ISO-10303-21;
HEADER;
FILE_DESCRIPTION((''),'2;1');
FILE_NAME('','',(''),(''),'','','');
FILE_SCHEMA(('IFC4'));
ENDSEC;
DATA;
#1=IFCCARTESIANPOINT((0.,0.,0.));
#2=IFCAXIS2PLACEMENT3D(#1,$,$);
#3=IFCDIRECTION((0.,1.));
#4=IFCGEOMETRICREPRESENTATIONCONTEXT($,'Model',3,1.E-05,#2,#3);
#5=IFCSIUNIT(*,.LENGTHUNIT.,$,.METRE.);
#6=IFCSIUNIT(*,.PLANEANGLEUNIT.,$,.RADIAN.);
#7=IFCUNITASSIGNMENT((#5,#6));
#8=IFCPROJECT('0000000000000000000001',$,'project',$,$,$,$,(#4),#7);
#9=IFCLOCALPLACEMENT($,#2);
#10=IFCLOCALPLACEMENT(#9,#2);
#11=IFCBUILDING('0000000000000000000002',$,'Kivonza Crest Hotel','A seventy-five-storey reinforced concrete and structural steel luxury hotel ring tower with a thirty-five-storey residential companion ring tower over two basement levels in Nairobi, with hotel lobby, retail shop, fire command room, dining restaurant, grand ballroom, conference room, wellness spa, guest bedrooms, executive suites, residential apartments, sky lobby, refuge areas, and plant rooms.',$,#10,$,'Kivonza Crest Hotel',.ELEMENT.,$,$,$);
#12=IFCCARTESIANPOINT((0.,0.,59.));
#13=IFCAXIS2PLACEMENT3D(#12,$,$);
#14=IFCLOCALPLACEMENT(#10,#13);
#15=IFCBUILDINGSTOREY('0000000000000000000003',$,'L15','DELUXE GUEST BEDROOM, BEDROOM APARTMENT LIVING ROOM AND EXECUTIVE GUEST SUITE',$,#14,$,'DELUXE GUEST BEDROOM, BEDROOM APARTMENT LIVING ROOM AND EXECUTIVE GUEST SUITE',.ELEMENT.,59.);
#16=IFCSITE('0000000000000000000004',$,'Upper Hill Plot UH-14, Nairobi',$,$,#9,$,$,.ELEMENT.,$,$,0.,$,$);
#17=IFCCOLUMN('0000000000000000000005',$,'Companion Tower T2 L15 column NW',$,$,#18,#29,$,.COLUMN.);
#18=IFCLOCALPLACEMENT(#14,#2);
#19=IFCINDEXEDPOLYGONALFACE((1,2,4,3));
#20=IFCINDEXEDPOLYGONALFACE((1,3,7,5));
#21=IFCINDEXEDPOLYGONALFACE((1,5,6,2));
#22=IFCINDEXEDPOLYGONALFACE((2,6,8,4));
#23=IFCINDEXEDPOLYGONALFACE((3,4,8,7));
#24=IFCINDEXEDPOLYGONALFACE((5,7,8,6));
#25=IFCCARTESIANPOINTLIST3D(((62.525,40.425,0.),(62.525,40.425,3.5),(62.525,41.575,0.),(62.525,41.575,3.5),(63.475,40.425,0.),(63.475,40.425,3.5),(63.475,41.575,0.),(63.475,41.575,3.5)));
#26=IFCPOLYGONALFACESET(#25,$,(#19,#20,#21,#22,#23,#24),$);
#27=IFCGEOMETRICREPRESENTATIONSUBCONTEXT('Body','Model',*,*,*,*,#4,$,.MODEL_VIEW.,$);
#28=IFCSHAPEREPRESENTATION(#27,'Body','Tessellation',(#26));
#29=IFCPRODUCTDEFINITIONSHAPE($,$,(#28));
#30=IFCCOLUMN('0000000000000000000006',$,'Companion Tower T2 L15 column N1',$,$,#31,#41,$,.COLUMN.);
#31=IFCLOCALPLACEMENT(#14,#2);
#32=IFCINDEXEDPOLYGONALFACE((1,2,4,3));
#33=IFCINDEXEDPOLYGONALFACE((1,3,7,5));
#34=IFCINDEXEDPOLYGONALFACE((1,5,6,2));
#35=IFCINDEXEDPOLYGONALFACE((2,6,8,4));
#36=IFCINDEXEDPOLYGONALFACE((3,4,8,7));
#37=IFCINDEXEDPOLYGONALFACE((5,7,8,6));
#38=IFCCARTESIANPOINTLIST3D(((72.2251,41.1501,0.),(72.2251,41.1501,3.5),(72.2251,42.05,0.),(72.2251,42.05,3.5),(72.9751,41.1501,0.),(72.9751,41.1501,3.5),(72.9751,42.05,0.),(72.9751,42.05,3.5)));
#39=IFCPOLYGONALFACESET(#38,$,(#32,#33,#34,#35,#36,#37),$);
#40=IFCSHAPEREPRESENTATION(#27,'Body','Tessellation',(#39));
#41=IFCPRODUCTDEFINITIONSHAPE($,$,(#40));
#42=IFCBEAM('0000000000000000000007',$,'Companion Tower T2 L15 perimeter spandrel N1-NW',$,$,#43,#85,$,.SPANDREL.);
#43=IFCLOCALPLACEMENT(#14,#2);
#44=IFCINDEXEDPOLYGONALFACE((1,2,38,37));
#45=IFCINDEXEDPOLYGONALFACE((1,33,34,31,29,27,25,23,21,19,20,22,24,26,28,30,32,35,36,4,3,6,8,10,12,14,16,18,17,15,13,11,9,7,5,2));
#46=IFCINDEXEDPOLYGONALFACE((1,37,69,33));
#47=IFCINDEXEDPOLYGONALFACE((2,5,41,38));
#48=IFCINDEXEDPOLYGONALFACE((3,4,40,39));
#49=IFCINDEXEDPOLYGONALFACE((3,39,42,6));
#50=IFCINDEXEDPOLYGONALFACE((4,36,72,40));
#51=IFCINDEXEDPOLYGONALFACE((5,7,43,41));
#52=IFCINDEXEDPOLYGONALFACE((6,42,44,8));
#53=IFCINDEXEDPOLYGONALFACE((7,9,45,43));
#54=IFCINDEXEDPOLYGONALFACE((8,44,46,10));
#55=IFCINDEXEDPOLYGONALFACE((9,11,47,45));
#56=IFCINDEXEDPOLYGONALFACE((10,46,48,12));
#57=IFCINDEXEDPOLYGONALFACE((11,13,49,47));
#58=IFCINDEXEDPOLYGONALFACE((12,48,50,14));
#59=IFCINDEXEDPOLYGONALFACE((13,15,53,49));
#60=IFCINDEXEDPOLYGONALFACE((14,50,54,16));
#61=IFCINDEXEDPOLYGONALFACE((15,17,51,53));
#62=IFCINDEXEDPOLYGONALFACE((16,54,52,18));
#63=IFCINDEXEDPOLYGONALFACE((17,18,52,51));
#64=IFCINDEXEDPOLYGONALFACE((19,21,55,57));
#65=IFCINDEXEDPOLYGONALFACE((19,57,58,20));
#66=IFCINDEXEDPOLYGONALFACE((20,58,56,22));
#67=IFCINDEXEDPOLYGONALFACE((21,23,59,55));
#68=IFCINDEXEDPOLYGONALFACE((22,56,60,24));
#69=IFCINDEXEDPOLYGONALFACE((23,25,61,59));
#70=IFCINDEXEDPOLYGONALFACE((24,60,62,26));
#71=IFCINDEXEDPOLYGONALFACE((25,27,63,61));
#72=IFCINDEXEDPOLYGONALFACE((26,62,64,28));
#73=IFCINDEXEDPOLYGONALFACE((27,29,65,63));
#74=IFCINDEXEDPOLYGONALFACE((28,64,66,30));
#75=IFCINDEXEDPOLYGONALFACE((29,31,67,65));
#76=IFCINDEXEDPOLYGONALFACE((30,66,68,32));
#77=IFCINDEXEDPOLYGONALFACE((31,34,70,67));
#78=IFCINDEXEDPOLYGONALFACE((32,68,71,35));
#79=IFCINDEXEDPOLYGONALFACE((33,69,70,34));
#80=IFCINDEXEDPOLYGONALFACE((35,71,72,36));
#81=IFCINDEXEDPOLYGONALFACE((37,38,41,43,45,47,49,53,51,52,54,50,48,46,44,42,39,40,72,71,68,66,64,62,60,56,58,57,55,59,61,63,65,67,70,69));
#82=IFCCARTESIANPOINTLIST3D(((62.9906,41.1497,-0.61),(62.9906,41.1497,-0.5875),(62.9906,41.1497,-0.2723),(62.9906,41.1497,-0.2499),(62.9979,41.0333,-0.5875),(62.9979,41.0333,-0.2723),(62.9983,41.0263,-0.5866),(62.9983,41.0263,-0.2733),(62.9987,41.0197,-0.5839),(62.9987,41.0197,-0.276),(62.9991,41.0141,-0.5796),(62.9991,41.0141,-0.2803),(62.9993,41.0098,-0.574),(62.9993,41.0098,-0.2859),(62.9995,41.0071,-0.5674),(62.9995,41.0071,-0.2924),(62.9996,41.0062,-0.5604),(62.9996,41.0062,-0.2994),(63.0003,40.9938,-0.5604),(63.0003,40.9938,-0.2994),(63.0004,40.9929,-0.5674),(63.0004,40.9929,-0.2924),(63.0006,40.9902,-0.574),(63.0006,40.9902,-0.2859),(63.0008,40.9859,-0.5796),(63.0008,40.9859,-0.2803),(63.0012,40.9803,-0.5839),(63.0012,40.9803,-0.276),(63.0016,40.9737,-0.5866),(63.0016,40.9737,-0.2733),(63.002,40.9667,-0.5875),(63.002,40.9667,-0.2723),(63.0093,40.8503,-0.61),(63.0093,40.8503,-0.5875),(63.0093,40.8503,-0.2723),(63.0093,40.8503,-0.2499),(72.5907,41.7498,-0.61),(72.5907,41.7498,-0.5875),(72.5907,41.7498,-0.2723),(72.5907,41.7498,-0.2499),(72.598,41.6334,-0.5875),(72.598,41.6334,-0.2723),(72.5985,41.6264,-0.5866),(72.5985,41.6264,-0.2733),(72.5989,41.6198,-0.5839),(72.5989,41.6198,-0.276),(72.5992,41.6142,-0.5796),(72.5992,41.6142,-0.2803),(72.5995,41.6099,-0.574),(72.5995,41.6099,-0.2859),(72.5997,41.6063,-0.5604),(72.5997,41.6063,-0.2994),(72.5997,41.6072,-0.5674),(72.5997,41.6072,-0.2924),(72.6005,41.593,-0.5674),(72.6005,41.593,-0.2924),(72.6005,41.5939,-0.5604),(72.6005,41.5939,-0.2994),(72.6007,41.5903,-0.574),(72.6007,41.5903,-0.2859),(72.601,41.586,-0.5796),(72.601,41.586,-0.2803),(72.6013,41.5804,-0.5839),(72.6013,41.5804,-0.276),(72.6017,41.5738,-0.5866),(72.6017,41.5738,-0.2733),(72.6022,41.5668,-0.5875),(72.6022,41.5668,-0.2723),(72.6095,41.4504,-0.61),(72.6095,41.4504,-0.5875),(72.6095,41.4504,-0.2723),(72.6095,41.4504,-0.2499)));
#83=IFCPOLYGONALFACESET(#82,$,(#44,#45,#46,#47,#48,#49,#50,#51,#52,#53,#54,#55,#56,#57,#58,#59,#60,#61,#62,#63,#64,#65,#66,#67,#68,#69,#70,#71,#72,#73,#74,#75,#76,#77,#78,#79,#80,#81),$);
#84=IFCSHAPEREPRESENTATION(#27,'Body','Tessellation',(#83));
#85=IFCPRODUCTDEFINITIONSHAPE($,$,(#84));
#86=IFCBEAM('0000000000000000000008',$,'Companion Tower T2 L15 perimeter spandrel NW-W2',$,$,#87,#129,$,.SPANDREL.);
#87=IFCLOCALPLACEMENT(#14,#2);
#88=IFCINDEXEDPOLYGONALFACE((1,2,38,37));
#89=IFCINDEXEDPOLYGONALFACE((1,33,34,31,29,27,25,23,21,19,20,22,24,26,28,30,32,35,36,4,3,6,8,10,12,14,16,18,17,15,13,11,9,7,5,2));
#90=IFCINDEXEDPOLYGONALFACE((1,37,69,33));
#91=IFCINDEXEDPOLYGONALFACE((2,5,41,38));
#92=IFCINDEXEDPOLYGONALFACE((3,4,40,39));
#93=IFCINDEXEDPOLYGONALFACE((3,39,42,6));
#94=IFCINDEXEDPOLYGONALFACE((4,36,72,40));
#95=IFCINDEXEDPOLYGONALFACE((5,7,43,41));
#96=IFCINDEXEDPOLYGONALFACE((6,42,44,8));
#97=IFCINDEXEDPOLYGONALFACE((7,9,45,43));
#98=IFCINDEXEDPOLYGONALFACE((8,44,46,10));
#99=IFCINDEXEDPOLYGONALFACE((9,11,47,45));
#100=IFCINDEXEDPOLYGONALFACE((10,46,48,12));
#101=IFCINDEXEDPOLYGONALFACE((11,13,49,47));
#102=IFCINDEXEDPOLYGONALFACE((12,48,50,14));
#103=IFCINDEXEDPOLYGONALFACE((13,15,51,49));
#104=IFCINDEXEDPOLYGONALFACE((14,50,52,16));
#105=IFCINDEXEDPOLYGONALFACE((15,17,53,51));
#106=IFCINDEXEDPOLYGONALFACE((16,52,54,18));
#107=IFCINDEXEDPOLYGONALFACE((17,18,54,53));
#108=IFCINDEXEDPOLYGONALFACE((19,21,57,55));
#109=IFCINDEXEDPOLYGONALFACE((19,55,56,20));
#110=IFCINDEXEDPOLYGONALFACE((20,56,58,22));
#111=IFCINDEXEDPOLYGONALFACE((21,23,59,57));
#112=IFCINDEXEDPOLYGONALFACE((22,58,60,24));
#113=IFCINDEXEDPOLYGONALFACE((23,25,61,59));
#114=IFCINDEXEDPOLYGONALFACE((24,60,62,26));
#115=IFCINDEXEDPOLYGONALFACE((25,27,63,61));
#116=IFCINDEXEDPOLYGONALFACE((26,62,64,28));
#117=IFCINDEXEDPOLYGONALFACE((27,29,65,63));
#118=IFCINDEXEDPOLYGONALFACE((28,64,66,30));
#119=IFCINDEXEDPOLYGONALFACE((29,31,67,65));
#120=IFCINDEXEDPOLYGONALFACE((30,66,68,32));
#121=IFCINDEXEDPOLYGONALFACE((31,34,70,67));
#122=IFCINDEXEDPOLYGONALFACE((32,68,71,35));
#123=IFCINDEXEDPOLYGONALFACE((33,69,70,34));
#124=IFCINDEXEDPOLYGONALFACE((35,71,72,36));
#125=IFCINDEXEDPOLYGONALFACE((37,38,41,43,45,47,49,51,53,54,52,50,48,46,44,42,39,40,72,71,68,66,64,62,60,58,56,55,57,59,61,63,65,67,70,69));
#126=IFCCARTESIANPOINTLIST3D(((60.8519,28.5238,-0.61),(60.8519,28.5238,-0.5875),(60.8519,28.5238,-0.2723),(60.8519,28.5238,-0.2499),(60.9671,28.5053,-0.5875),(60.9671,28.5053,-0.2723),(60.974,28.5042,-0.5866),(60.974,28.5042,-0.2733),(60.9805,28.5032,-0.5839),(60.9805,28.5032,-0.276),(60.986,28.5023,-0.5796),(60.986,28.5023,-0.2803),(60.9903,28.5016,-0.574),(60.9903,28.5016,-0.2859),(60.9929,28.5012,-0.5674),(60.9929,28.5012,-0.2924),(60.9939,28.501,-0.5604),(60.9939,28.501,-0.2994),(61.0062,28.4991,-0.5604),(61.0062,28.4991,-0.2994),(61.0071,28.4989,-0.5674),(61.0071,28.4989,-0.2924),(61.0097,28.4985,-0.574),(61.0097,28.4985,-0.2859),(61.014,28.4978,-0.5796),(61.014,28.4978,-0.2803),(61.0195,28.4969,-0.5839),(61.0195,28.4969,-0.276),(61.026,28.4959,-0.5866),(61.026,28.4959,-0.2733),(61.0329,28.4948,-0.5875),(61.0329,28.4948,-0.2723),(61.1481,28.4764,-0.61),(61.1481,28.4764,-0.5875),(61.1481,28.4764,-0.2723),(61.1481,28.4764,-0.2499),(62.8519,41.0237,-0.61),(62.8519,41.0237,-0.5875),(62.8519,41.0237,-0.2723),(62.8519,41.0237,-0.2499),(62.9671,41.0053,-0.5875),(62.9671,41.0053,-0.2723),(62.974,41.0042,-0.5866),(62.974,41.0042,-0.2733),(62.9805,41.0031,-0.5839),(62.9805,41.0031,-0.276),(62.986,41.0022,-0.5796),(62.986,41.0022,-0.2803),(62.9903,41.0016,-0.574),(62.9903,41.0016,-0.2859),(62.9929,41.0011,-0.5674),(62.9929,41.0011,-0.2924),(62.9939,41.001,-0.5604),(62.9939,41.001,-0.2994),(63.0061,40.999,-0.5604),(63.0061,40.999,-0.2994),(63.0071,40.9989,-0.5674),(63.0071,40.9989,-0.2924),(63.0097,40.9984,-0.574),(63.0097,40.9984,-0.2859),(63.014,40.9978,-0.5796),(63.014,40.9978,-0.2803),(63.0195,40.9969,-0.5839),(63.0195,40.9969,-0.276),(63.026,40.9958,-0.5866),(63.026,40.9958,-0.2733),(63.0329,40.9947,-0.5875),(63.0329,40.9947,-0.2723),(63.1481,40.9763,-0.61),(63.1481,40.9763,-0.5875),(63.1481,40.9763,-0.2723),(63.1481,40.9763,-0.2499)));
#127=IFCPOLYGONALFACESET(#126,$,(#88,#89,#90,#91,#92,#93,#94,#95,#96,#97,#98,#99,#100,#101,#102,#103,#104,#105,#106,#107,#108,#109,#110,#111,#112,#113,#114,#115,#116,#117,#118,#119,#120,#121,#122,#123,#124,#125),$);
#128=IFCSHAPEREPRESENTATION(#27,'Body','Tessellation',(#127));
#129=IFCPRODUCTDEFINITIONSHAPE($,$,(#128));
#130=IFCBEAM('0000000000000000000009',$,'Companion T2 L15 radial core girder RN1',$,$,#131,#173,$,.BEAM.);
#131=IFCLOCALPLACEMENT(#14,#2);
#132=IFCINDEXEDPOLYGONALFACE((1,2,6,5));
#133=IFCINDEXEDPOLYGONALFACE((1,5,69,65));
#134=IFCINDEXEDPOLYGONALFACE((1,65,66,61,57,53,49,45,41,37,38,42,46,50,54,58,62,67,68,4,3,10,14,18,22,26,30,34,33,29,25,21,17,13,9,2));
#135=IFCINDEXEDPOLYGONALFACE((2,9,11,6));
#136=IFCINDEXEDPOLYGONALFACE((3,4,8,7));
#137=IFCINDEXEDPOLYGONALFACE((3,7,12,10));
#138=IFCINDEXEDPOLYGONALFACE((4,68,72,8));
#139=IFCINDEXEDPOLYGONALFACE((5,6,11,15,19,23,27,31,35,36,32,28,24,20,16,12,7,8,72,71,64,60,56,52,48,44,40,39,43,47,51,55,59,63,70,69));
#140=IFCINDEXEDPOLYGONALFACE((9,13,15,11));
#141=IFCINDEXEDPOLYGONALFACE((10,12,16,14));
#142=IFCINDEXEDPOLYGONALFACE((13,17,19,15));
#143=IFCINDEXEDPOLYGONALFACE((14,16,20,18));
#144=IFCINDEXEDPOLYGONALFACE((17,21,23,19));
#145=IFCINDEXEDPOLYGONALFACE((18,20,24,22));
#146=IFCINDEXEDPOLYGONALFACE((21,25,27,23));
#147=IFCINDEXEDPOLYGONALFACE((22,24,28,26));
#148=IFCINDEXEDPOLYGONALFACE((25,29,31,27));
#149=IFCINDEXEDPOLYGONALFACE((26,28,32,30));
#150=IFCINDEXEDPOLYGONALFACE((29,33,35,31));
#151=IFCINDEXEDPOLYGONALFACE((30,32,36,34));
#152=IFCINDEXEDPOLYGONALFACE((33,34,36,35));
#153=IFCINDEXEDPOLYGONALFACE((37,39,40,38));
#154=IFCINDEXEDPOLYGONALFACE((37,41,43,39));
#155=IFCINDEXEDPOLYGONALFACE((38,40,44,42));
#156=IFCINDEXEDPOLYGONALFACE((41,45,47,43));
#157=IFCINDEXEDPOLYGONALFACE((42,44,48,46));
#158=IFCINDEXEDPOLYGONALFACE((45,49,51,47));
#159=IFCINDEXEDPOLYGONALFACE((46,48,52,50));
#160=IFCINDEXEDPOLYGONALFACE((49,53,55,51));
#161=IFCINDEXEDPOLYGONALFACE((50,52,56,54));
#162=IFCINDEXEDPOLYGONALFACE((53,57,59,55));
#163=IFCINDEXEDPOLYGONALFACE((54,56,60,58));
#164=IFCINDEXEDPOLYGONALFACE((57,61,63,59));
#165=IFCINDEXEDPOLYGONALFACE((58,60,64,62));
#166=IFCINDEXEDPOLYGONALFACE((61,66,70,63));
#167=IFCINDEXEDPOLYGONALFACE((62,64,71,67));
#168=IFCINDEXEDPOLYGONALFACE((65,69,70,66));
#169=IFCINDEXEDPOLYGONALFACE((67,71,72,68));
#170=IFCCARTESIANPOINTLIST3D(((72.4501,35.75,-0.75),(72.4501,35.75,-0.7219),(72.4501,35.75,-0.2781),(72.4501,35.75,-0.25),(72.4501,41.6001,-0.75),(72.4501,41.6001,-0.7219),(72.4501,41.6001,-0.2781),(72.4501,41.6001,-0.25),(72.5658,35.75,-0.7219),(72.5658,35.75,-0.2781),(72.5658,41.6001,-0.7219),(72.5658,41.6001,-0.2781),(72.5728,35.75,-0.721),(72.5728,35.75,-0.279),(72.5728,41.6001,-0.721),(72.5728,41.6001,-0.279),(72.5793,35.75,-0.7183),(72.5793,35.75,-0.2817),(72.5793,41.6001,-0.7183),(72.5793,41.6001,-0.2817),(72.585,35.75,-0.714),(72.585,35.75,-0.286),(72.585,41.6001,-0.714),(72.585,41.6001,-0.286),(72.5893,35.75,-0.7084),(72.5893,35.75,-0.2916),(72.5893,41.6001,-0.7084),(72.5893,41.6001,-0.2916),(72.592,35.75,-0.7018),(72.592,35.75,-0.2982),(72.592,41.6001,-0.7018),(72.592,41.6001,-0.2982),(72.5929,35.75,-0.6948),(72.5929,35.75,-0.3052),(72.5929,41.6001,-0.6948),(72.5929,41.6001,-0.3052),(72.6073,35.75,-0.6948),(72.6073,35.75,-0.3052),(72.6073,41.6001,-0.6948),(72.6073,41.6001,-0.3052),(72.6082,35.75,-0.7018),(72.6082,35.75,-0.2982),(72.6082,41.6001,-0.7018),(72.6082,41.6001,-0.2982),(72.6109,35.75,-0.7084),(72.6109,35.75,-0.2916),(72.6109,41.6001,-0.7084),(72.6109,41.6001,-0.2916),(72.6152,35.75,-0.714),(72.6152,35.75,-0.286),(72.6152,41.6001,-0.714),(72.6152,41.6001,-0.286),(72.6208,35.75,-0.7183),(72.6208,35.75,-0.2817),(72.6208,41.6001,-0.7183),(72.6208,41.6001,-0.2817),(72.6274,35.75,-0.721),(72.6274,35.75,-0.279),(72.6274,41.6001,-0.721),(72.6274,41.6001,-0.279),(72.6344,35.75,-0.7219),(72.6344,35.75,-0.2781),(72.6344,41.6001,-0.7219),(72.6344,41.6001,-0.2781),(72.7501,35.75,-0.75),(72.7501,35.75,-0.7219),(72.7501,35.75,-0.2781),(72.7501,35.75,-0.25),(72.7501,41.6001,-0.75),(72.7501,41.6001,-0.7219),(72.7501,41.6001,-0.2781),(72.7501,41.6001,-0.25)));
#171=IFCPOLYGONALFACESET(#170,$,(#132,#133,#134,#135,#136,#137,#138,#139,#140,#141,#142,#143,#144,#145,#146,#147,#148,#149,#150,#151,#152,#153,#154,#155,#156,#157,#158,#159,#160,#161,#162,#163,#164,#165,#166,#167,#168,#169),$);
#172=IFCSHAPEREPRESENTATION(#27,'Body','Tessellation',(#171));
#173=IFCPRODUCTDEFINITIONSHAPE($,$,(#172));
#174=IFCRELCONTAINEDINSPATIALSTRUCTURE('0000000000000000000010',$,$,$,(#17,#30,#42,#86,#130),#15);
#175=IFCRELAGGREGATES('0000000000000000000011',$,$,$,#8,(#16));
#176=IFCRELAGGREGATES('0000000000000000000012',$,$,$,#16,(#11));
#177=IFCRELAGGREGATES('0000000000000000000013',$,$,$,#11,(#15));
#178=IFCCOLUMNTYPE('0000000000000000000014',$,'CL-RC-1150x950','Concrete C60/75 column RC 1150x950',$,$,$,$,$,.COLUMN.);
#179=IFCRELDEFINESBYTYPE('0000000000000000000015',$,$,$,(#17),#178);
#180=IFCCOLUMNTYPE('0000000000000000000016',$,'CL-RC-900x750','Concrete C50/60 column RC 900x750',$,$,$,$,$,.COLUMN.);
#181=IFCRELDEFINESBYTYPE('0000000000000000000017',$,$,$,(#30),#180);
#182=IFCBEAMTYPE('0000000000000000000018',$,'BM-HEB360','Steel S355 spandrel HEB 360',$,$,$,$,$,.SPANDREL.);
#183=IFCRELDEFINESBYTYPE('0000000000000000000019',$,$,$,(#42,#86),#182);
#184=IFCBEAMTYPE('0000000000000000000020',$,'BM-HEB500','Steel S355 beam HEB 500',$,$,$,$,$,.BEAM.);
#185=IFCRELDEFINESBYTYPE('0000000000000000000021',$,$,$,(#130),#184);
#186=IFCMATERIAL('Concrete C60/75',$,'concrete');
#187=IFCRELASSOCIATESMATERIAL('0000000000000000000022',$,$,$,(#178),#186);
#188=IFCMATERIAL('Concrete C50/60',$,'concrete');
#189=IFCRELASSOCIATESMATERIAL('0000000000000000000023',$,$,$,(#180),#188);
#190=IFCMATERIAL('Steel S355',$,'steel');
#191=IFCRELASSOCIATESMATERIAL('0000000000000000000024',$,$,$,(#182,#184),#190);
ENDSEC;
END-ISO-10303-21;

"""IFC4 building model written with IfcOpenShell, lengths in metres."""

from ifc_helpers import new_model, si_unit, direction, frame, origin, origin_2d, place, context, subcontext, project, spatial, rectangle, i_section, extrude, material, material_profile, profile_set, type_object, element, save


model = new_model("IFC4")

# Units and contexts
model_context = context("Model", 3, precision=1e-05, world=origin(), true_north=direction((0.0, 1.0)))
body_context = subcontext(model_context, "Body", "Model", "MODEL_VIEW")
ifc_project = project(units=[si_unit("LENGTHUNIT", "METRE"), si_unit("PLANEANGLEUNIT", "RADIAN")], contexts=[model_context])

# Site, building, storey
site_placement = place(None, origin())
site = spatial("IfcSite", under=ifc_project, at=site_placement, Name="Upper Hill Plot UH-14, Nairobi", CompositionType="ELEMENT", RefElevation=0.0)
building_placement = place(site_placement, origin())
building = spatial("IfcBuilding", under=site, at=building_placement, Name="Kivonza Crest Hotel", Description="A seventy-five-storey reinforced concrete and structural steel luxury hotel ring tower with a thirty-five-storey residential companion ring tower over two basement levels in Nairobi, with hotel lobby, retail shop, fire command room, dining restaurant, grand ballroom, conference room, wellness spa, guest bedrooms, executive suites, residential apartments, sky lobby, refuge areas, and plant rooms.", LongName="Kivonza Crest Hotel", CompositionType="ELEMENT")
storey_placement = place(building_placement, frame((0.0, 0.0, 59.0)))
storey = spatial("IfcBuildingStorey", under=building, at=storey_placement, Name="L15", Description="DELUXE GUEST BEDROOM, BEDROOM APARTMENT LIVING ROOM AND EXECUTIVE GUEST SUITE", LongName="DELUXE GUEST BEDROOM, BEDROOM APARTMENT LIVING ROOM AND EXECUTIVE GUEST SUITE", CompositionType="ELEMENT", Elevation=59.0)

# Columns
ifc_material_1 = material(Name="Concrete C60/75", Category="concrete")
ifc_material_profile_1 = material_profile(ifc_material_1, rectangle(XDim=0.95, YDim=1.1499, at=origin_2d()), Name="RC 1150x950")
ifc_profile_set_1 = profile_set([ifc_material_profile_1], Name="Concrete C60/75")
column_type_1 = type_object("IfcColumnType", Name="CL-RC-1150x950", Description="Concrete C60/75 column RC 1150x950", PredefinedType="COLUMN", material=ifc_profile_set_1)
column_1_placement = place(storey_placement, frame((63.0, 41.0, 0.0), z_axis=(0.0, 0.0, 1.0), x_axis=(1.0, 0.0, 0.0)))
element("IfcColumn", 1, at=column_1_placement, inside=storey, type_object=column_type_1, Name="Companion Tower T2 L15 column NW", PredefinedType="COLUMN", context=body_context, shape_type="SweptSolid", body=[
    extrude(rectangle(XDim=0.95, YDim=1.1499, at=origin_2d()), origin(), (0.0, 0.0, 1.0), 3.5),
])
ifc_material_2 = material(Name="Concrete C50/60", Category="concrete")
ifc_material_profile_2 = material_profile(ifc_material_2, rectangle(XDim=0.75, YDim=0.8999, at=origin_2d()), Name="RC 900x750")
ifc_profile_set_2 = profile_set([ifc_material_profile_2], Name="Concrete C50/60")
column_type_2 = type_object("IfcColumnType", Name="CL-RC-900x750", Description="Concrete C50/60 column RC 900x750", PredefinedType="COLUMN", material=ifc_profile_set_2)
column_2_placement = place(storey_placement, frame((72.6001, 41.6001, 0.0), z_axis=(0.0, 0.0, 1.0), x_axis=(1.0, 0.0, 0.0)))
element("IfcColumn", 2, at=column_2_placement, inside=storey, type_object=column_type_2, Name="Companion Tower T2 L15 column N1", PredefinedType="COLUMN", context=body_context, shape_type="SweptSolid", body=[
    extrude(rectangle(XDim=0.75, YDim=0.8999, at=origin_2d()), origin(), (0.0, 0.0, 1.0), 3.5),
])

# Beams
ifc_material_3 = material(Name="Steel S355", Category="steel")
ifc_material_profile_3 = material_profile(ifc_material_3, i_section(OverallWidth=0.3, OverallDepth=0.3601, WebThickness=0.0125, FlangeThickness=0.0225, FilletRadius=0.0271, at=origin_2d()), Name="HEB 360")
ifc_profile_set_3 = profile_set([ifc_material_profile_3], Name="Steel S355")
beam_type_1 = type_object("IfcBeamType", Name="BM-HEB360", Description="Steel S355 spandrel HEB 360", PredefinedType="SPANDREL", material=ifc_profile_set_3)
beam_1_placement = place(storey_placement, frame((72.6001, 41.6001, -0.4299), z_axis=(-0.998052, -0.062388, 0.0), x_axis=(0.062388, -0.998052, 0.0)))
element("IfcBeam", 3, at=beam_1_placement, inside=storey, type_object=beam_type_1, Name="Companion Tower T2 L15 perimeter spandrel N1-NW", PredefinedType="SPANDREL", context=body_context, shape_type="SweptSolid", body=[
    extrude(i_section(OverallWidth=0.3, OverallDepth=0.3601, WebThickness=0.0125, FlangeThickness=0.0225, FilletRadius=0.0271, at=origin_2d()), origin(), (0.0, 0.0, 1.0), 9.6189),
])
beam_2_placement = place(storey_placement, frame((63.0, 41.0, -0.4299), z_axis=(-0.157991, -0.987441, 0.0), x_axis=(0.987441, -0.157991, 0.0)))
element("IfcBeam", 4, at=beam_2_placement, inside=storey, type_object=beam_type_1, Name="Companion Tower T2 L15 perimeter spandrel NW-W2", PredefinedType="SPANDREL", context=body_context, shape_type="SweptSolid", body=[
    extrude(i_section(OverallWidth=0.3, OverallDepth=0.3601, WebThickness=0.0125, FlangeThickness=0.0225, FilletRadius=0.0271, at=origin_2d()), origin(), (0.0, 0.0, 1.0), 12.6589),
])
ifc_material_profile_4 = material_profile(ifc_material_3, i_section(OverallWidth=0.3, OverallDepth=0.5, WebThickness=0.0144, FlangeThickness=0.0281, FilletRadius=0.0271, at=origin_2d()), Name="HEB 500")
ifc_profile_set_4 = profile_set([ifc_material_profile_4], Name="Steel S355")
beam_type_2 = type_object("IfcBeamType", Name="BM-HEB500", Description="Steel S355 beam HEB 500", PredefinedType="BEAM", material=ifc_profile_set_4)
beam_3_placement = place(storey_placement, frame((72.6001, 41.6001, -0.5), z_axis=(0.0, -1.0, 0.0), x_axis=(1.0, 0.0, 0.0)))
element("IfcBeam", 5, at=beam_3_placement, inside=storey, type_object=beam_type_2, Name="Companion T2 L15 radial core girder RN1", PredefinedType="BEAM", context=body_context, shape_type="SweptSolid", body=[
    extrude(i_section(OverallWidth=0.3, OverallDepth=0.5, WebThickness=0.0144, FlangeThickness=0.0281, FilletRadius=0.0271, at=origin_2d()), origin(), (0.0, 0.0, 1.0), 5.8501),
])

save(model, "model.ifc")
